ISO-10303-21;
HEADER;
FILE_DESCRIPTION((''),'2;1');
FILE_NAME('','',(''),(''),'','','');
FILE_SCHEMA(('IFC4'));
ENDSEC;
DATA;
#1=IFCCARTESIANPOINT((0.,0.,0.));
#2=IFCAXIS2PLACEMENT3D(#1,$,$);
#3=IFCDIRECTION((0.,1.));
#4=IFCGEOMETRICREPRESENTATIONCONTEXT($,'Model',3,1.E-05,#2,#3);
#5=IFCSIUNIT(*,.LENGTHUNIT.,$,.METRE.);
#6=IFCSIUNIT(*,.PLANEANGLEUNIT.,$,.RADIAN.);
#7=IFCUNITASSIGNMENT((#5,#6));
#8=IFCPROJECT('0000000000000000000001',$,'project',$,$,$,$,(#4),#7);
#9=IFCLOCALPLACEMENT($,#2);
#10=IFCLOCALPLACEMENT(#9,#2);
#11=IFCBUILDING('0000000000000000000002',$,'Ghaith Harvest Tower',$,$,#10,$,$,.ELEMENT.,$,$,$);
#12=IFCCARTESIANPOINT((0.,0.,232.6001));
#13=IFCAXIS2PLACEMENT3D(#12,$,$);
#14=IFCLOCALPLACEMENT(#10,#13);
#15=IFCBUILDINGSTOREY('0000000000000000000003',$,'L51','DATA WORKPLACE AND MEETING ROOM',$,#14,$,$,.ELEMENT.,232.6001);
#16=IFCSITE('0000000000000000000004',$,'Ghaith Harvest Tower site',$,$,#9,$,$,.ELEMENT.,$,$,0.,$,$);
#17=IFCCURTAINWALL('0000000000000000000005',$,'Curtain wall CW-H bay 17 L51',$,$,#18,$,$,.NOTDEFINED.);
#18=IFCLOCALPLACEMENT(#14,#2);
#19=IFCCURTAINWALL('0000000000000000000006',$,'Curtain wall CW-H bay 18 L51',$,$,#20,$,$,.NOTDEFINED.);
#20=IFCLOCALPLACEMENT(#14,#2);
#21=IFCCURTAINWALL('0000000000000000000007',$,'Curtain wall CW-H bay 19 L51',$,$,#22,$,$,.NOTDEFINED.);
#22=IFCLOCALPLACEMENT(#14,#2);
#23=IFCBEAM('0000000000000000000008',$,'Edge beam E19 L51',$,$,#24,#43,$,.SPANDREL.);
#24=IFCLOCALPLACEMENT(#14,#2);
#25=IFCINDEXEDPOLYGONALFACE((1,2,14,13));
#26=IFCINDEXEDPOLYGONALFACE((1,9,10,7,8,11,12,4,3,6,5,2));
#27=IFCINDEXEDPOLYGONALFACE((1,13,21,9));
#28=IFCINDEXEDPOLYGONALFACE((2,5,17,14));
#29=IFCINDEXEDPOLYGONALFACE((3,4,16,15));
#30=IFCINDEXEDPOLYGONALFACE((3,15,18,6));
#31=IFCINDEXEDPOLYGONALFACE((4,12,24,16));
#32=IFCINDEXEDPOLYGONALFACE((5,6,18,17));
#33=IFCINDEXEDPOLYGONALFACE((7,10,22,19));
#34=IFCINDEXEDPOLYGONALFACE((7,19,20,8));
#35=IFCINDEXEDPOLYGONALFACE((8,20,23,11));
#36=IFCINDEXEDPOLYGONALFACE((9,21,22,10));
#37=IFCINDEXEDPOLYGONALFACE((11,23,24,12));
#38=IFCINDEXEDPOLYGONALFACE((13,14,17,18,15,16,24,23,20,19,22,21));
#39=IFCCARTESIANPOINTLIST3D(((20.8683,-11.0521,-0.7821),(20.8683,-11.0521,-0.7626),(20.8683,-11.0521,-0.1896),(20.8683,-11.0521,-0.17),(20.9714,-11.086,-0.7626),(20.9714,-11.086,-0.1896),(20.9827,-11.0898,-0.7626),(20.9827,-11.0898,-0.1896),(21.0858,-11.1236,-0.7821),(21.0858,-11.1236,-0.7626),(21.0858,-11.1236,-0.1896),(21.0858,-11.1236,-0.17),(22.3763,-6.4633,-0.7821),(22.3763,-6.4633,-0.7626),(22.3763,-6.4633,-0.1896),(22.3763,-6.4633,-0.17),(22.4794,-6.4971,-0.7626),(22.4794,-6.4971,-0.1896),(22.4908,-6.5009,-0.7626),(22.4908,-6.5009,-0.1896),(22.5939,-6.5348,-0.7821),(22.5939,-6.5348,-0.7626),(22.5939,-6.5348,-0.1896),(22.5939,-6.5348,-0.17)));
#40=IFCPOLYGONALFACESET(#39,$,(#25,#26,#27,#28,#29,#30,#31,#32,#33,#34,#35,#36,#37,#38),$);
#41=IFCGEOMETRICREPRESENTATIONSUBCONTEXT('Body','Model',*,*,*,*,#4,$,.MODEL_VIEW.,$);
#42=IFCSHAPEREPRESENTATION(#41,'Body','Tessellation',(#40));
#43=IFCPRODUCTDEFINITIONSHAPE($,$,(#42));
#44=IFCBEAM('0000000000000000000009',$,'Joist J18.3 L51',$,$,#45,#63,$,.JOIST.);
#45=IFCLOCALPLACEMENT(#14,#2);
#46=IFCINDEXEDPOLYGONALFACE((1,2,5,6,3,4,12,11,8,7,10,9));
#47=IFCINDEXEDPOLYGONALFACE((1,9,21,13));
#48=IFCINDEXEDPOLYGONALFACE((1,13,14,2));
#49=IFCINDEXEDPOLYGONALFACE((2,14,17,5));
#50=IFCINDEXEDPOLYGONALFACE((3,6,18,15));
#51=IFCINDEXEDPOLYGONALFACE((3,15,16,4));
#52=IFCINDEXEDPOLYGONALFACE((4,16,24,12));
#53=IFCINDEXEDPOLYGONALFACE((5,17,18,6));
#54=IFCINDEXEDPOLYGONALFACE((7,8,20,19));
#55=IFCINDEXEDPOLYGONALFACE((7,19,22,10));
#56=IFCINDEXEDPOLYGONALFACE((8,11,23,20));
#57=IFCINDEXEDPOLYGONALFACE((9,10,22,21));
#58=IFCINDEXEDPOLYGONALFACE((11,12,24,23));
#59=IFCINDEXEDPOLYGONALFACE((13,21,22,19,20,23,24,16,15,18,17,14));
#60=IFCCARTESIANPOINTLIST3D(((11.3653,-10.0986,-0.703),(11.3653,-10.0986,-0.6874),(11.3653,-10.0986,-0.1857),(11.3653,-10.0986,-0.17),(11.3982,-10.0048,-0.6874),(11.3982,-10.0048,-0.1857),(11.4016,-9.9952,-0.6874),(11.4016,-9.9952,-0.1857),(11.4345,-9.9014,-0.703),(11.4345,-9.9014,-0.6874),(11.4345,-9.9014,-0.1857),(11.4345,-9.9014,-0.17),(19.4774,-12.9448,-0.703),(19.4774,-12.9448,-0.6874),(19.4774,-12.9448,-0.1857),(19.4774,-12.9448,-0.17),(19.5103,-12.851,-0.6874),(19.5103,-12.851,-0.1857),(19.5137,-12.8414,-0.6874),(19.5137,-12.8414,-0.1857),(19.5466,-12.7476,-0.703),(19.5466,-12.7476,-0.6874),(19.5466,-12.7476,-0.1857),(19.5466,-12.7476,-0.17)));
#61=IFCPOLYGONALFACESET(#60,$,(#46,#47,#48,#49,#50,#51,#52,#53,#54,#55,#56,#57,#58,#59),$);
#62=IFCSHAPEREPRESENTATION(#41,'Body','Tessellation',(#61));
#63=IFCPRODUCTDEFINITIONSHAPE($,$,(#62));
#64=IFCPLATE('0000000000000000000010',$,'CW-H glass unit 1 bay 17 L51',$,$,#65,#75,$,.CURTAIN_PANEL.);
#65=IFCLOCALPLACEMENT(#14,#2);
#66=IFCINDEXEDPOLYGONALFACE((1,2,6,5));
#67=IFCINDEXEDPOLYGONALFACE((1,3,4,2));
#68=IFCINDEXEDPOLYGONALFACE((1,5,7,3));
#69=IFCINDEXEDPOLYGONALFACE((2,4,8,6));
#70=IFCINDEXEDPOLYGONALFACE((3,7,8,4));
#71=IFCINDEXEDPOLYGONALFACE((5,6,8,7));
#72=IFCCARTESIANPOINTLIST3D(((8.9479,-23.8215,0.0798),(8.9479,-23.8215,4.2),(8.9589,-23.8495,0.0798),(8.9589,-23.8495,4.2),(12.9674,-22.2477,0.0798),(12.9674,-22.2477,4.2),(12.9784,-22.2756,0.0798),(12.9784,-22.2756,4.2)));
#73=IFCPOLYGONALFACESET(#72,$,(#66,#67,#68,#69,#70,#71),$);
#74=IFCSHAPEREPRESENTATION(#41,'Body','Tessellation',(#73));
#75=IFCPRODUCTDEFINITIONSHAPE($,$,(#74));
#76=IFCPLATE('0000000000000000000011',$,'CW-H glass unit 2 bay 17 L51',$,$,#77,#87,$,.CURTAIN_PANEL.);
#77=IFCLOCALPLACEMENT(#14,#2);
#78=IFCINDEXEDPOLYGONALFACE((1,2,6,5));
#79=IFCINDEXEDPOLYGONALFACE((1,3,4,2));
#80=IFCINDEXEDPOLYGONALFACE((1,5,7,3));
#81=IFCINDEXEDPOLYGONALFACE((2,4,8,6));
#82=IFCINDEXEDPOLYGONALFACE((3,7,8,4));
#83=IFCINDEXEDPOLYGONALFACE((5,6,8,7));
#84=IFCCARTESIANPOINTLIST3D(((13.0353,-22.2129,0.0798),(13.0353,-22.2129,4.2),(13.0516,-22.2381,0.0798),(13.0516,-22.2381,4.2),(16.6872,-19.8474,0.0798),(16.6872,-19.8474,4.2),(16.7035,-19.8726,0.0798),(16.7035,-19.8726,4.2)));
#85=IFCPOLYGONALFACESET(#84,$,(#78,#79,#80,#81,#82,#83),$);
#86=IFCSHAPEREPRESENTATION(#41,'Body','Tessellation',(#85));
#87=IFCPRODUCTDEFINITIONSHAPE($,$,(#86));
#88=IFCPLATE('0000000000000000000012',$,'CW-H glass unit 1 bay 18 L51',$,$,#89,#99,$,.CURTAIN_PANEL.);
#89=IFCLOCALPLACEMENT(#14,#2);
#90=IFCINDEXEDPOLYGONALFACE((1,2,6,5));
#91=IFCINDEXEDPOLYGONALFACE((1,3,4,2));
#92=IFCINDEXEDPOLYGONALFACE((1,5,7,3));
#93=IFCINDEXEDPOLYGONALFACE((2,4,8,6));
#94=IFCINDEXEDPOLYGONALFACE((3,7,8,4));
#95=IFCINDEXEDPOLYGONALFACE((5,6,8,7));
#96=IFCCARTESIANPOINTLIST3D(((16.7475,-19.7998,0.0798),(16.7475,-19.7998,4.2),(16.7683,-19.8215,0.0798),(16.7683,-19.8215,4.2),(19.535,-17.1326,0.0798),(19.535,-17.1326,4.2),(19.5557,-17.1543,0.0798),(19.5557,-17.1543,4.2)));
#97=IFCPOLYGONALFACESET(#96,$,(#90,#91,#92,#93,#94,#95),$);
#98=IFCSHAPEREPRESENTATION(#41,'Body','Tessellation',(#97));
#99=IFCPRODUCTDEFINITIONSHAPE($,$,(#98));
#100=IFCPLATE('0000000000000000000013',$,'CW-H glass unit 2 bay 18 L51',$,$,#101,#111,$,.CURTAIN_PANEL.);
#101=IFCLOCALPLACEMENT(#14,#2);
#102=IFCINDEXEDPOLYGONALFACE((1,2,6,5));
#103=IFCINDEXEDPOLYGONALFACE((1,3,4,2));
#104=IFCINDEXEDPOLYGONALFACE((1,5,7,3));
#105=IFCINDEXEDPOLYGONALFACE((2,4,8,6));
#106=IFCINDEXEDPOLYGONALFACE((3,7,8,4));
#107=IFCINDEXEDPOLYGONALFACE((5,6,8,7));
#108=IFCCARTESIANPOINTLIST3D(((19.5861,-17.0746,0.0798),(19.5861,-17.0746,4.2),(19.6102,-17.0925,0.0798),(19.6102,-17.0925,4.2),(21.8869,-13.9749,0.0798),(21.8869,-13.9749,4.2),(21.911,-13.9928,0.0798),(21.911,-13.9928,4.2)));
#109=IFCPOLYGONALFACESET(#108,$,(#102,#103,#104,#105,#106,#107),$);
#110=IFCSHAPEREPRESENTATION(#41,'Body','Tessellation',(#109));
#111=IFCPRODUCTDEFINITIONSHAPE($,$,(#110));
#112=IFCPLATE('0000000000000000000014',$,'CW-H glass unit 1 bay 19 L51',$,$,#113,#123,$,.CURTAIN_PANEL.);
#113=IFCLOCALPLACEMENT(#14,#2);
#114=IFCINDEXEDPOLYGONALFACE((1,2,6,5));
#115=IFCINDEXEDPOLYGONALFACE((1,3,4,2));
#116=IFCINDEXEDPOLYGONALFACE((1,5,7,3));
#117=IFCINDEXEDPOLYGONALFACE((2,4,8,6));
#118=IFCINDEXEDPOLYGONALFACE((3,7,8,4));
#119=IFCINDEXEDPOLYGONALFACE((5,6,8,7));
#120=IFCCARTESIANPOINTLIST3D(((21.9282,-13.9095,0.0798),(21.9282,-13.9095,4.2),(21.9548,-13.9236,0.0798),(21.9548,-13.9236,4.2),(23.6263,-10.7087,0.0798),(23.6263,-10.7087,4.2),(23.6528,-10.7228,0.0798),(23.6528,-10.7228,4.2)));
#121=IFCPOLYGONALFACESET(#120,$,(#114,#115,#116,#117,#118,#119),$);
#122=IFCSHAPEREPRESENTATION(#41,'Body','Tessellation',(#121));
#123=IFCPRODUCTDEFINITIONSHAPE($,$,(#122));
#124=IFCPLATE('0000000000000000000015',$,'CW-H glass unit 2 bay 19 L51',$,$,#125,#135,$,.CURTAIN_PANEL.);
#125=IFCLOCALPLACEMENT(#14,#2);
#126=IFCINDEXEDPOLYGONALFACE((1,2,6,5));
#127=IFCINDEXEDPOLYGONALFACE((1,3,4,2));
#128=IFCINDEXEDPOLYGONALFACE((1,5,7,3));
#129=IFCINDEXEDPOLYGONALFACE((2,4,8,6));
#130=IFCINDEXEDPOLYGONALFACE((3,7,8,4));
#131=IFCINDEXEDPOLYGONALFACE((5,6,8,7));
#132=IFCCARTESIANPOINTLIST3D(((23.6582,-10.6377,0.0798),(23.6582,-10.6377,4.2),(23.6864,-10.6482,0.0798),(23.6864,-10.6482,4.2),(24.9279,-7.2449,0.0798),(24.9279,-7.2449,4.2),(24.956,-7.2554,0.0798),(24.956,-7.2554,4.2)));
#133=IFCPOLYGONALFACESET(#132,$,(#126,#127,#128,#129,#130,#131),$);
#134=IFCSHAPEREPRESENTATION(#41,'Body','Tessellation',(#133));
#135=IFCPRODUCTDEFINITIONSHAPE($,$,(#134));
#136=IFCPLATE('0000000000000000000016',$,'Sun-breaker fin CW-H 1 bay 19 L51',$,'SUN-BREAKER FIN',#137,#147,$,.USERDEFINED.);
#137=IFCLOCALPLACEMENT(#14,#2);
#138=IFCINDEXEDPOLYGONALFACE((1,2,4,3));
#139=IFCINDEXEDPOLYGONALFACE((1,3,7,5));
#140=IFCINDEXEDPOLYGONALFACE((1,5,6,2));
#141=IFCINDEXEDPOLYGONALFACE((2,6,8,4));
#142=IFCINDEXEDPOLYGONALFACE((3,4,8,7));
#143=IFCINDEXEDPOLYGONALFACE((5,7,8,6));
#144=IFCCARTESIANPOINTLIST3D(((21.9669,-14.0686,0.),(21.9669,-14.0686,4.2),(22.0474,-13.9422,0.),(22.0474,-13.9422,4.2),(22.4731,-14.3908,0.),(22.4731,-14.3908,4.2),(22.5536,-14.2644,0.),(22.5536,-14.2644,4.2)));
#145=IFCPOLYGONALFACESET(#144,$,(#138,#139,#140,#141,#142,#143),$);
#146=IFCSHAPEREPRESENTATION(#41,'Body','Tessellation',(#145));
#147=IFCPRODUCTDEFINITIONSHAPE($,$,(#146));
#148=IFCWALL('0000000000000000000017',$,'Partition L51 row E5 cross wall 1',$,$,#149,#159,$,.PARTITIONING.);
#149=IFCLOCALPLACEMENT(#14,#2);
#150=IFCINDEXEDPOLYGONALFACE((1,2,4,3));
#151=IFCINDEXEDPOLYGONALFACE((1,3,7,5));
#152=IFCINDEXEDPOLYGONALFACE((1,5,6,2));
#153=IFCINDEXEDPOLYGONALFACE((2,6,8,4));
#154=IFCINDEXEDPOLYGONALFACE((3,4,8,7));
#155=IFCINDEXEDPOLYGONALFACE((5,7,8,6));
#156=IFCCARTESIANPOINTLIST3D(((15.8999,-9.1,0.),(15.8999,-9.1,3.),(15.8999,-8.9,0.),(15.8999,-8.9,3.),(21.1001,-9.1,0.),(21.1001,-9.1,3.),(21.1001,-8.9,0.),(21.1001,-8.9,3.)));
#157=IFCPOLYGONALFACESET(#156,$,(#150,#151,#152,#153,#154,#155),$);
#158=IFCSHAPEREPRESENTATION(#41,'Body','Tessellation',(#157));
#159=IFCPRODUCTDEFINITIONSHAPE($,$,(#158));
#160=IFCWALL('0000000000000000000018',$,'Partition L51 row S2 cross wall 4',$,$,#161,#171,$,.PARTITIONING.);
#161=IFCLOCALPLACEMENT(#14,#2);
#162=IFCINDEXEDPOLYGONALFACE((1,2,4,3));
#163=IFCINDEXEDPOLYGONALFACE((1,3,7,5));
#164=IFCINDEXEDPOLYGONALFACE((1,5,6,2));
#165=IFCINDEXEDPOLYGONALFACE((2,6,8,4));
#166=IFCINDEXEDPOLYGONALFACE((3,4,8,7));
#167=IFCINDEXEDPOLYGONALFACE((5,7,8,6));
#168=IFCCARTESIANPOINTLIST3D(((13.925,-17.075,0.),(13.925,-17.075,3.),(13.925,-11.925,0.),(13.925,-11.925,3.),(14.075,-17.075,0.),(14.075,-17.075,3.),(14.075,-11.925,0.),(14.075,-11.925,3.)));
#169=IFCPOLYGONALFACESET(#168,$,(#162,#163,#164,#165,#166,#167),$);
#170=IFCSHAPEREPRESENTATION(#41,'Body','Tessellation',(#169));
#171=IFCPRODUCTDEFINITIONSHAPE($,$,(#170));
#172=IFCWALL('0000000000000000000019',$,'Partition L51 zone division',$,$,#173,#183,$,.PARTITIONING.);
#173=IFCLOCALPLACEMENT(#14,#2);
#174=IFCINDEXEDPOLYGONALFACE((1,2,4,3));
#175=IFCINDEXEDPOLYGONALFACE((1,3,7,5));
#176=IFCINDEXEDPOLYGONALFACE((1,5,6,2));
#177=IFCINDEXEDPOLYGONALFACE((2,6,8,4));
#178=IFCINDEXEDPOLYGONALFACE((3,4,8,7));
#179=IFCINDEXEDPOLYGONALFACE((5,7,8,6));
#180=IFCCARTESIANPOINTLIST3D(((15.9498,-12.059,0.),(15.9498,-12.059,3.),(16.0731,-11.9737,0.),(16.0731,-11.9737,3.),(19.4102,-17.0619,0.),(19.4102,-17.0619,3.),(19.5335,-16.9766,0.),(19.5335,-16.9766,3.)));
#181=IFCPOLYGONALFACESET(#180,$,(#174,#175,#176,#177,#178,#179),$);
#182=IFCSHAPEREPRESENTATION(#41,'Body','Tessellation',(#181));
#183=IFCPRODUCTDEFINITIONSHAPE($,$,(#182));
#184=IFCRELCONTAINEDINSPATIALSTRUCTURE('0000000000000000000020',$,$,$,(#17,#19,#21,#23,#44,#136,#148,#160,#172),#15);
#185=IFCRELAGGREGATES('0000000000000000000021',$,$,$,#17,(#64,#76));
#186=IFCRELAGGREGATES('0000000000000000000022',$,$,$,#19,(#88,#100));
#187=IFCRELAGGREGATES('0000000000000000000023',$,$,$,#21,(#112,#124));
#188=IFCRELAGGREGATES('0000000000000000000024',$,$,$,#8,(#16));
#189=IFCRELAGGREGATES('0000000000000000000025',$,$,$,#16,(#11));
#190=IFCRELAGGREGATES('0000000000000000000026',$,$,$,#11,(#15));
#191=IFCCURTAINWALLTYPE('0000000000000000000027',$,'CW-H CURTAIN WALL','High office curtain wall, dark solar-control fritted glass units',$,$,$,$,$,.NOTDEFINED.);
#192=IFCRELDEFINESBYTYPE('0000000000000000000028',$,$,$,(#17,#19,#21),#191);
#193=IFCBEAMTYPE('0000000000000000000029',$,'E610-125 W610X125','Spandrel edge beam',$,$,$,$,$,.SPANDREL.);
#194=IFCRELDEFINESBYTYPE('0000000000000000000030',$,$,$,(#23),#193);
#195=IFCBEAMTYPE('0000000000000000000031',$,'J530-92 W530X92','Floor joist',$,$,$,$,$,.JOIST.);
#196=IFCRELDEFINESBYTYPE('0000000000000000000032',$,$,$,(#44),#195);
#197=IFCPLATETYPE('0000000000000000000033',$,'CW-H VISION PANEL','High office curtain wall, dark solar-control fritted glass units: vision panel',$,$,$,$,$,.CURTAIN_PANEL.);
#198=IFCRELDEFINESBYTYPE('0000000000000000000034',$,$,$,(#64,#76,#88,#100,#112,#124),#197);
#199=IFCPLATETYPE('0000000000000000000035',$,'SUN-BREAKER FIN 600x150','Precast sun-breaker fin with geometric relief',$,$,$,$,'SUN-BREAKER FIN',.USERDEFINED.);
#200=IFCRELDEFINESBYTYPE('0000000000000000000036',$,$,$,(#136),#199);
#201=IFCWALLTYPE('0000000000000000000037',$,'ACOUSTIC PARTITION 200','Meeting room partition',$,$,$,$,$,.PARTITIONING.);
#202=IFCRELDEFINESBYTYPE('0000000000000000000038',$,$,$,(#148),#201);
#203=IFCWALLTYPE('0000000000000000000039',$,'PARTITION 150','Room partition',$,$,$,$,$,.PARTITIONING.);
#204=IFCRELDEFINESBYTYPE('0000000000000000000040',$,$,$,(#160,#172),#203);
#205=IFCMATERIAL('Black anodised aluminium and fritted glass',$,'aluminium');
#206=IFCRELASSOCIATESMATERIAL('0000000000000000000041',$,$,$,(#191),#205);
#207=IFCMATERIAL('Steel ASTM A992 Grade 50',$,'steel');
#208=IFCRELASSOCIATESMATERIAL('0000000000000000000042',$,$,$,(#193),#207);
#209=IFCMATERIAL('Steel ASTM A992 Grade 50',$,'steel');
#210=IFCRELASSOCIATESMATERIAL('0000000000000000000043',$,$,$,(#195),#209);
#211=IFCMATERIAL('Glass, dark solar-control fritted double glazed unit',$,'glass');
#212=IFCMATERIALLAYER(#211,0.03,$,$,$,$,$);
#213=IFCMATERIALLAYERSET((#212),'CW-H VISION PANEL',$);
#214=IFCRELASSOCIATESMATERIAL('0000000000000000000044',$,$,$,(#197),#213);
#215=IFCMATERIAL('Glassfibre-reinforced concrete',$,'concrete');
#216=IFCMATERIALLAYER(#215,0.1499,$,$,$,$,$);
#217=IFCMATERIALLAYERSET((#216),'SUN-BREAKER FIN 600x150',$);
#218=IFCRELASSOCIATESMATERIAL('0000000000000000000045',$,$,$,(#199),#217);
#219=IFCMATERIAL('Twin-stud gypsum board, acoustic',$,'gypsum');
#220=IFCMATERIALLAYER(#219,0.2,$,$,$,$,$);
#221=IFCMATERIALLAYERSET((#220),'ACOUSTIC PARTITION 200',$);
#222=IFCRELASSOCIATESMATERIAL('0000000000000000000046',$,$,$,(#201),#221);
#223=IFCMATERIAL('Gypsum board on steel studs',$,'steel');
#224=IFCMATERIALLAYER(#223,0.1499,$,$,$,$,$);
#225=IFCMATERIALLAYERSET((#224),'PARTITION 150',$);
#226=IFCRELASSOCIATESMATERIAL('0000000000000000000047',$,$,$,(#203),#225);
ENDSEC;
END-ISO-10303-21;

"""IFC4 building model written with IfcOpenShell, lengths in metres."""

from ifc_helpers import new_model, si_unit, direction, frame, frame_2d, origin, origin_2d, place, context, subcontext, project, spatial, rectangle, i_section, extrude, material, layer, layer_set, material_profile, profile_set, type_object, element, aggregate, save


model = new_model("IFC4")

# Units and contexts
model_context = context("Model", 3, precision=1e-05, world=origin(), true_north=direction((0.0, 1.0)))
body_context = subcontext(model_context, "Body", "Model", "MODEL_VIEW")
ifc_project = project(units=[si_unit("LENGTHUNIT", "METRE"), si_unit("PLANEANGLEUNIT", "RADIAN")], contexts=[model_context])

# Site, building, storey
site_placement = place(None, origin())
site = spatial("IfcSite", under=ifc_project, at=site_placement, Name="Ghaith Harvest Tower site", CompositionType="ELEMENT", RefElevation=0.0)
building_placement = place(site_placement, origin())
building = spatial("IfcBuilding", under=site, at=building_placement, Name="Ghaith Harvest Tower", CompositionType="ELEMENT")
storey_placement = place(building_placement, frame((0.0, 0.0, 232.6001)))
storey = spatial("IfcBuildingStorey", under=building, at=storey_placement, Name="L51", Description="DATA WORKPLACE AND MEETING ROOM", CompositionType="ELEMENT", Elevation=232.6001)

# Curtain wall
ifc_material_1 = material(Name="Black anodised aluminium and fritted glass", Category="aluminium")
curtain_wall_type = type_object("IfcCurtainWallType", Name="CW-H CURTAIN WALL", Description="High office curtain wall, dark solar-control fritted glass units", PredefinedType="NOTDEFINED", material=ifc_material_1)
curtain_wall_1_placement = place(storey_placement, origin())
curtain_wall_1 = element("IfcCurtainWall", 1, at=curtain_wall_1_placement, inside=storey, type_object=curtain_wall_type, Name="Curtain wall CW-H bay 17 L51", PredefinedType="NOTDEFINED")

# Curtain walls
curtain_wall_2_placement = place(storey_placement, origin())
curtain_wall_2 = element("IfcCurtainWall", 2, at=curtain_wall_2_placement, inside=storey, type_object=curtain_wall_type, Name="Curtain wall CW-H bay 18 L51", PredefinedType="NOTDEFINED")
curtain_wall_3_placement = place(storey_placement, origin())
curtain_wall_3 = element("IfcCurtainWall", 3, at=curtain_wall_3_placement, inside=storey, type_object=curtain_wall_type, Name="Curtain wall CW-H bay 19 L51", PredefinedType="NOTDEFINED")

# Beams
ifc_material_2 = material(Name="Steel ASTM A992 Grade 50", Category="steel")
ifc_material_profile_1 = material_profile(ifc_material_2, i_section(OverallWidth=0.229, OverallDepth=0.6121, WebThickness=0.012, FlangeThickness=0.0195, at=origin_2d()), Name="W610X125")
ifc_profile_set_1 = profile_set([ifc_material_profile_1], Name="Steel ASTM A992 Grade 50")
beam_type_1 = type_object("IfcBeamType", Name="E610-125 W610X125", Description="Spandrel edge beam", PredefinedType="SPANDREL", material=ifc_profile_set_1)
beam_1_placement = place(storey_placement, frame((20.9771, -11.0879, -0.4761), z_axis=(0.312207, 0.950014, 0.0), x_axis=(-0.950014, 0.312207, 0.0)))
element("IfcBeam", 4, at=beam_1_placement, inside=storey, type_object=beam_type_1, Name="Edge beam E19 L51", PredefinedType="SPANDREL", context=body_context, shape_type="SweptSolid", body=[
    extrude(i_section(OverallWidth=0.229, OverallDepth=0.6121, WebThickness=0.012, FlangeThickness=0.0195, at=origin_2d()), origin(), (0.0, 0.0, 1.0), 4.8303),
])
ifc_material_3 = material(Name="Steel ASTM A992 Grade 50", Category="steel")
ifc_material_profile_2 = material_profile(ifc_material_3, i_section(OverallWidth=0.209, OverallDepth=0.533, WebThickness=0.0103, FlangeThickness=0.0156, at=origin_2d()), Name="W530X92")
ifc_profile_set_2 = profile_set([ifc_material_profile_2], Name="Steel ASTM A992 Grade 50")
beam_type_2 = type_object("IfcBeamType", Name="J530-92 W530X92", Description="Floor joist", PredefinedType="JOIST", material=ifc_profile_set_2)
beam_2_placement = place(storey_placement, frame((11.3999, -10.0, -0.4365), z_axis=(0.943605, -0.331073, 0.0), x_axis=(0.331073, 0.943605, 0.0)))
element("IfcBeam", 5, at=beam_2_placement, inside=storey, type_object=beam_type_2, Name="Joist J18.3 L51", PredefinedType="JOIST", context=body_context, shape_type="SweptSolid", body=[
    extrude(i_section(OverallWidth=0.209, OverallDepth=0.533, WebThickness=0.0103, FlangeThickness=0.0156, at=origin_2d()), origin(), (0.0, 0.0, 1.0), 8.5969),
])

# Plates
ifc_material_4 = material(Name="Glass, dark solar-control fritted double glazed unit", Category="glass")
ifc_layer_1 = layer(ifc_material_4, 0.03)
ifc_layer_set_1 = layer_set([ifc_layer_1], Name="CW-H VISION PANEL")
plate_type_1 = type_object("IfcPlateType", Name="CW-H VISION PANEL", Description="High office curtain wall, dark solar-control fritted glass units: vision panel", PredefinedType="CURTAIN_PANEL", material=ifc_layer_set_1)
plate_1_placement = place(storey_placement, frame((10.9631, -23.0486, 0.0798), z_axis=(0.0, 0.0, 1.0), x_axis=(0.931161, 0.364608, 0.0)))
plate_1 = element("IfcPlate", 6, at=plate_1_placement, type_object=plate_type_1, Name="CW-H glass unit 1 bay 17 L51", PredefinedType="CURTAIN_PANEL", context=body_context, shape_type="SweptSolid", body=[
    extrude(rectangle(XDim=4.3167, YDim=0.03, at=origin_2d()), origin(), (0.0, 0.0, 1.0), 4.1201),
])
plate_2_placement = place(storey_placement, frame((14.8694, -21.0427, 0.0798), z_axis=(0.0, 0.0, 1.0), x_axis=(0.839305, 0.54366, 0.0)))
plate_2 = element("IfcPlate", 7, at=plate_2_placement, type_object=plate_type_1, Name="CW-H glass unit 2 bay 17 L51", PredefinedType="CURTAIN_PANEL", context=body_context, shape_type="SweptSolid", body=[
    extrude(rectangle(XDim=4.3511, YDim=0.03, at=origin_2d()), origin(), (0.0, 0.0, 1.0), 4.1201),
])
aggregate(curtain_wall_1, [plate_1, plate_2])
plate_3_placement = place(storey_placement, frame((18.1516, -18.4771, 0.0798), z_axis=(0.0, 0.0, 1.0), x_axis=(0.722533, 0.691337, 0.0)))
plate_3 = element("IfcPlate", 8, at=plate_3_placement, type_object=plate_type_1, Name="CW-H glass unit 1 bay 18 L51", PredefinedType="CURTAIN_PANEL", context=body_context, shape_type="SweptSolid", body=[
    extrude(rectangle(XDim=3.8579, YDim=0.03, at=origin_2d()), origin(), (0.0, 0.0, 1.0), 4.1201),
])
plate_4_placement = place(storey_placement, frame((20.7485, -15.5337, 0.0798), z_axis=(0.0, 0.0, 1.0), x_axis=(0.596019, 0.802971, 0.0)))
plate_4 = element("IfcPlate", 9, at=plate_4_placement, type_object=plate_type_1, Name="CW-H glass unit 2 bay 18 L51", PredefinedType="CURTAIN_PANEL", context=body_context, shape_type="SweptSolid", body=[
    extrude(rectangle(XDim=3.8604, YDim=0.03, at=origin_2d()), origin(), (0.0, 0.0, 1.0), 4.1201),
])
aggregate(curtain_wall_2, [plate_3, plate_4])
plate_5_placement = place(storey_placement, frame((22.7905, -12.3162, 0.0798), z_axis=(0.0, 0.0, 1.0), x_axis=(0.468644, 0.883387, 0.0)))
plate_5 = element("IfcPlate", 10, at=plate_5_placement, type_object=plate_type_1, Name="CW-H glass unit 1 bay 19 L51", PredefinedType="CURTAIN_PANEL", context=body_context, shape_type="SweptSolid", body=[
    extrude(rectangle(XDim=3.6233, YDim=0.03, at=origin_2d()), origin(), (0.0, 0.0, 1.0), 4.1201),
])
plate_6_placement = place(storey_placement, frame((24.3071, -8.9465, 0.0798), z_axis=(0.0, 0.0, 1.0), x_axis=(0.350481, 0.93657, 0.0)))
plate_6 = element("IfcPlate", 11, at=plate_6_placement, type_object=plate_type_1, Name="CW-H glass unit 2 bay 19 L51", PredefinedType="CURTAIN_PANEL", context=body_context, shape_type="SweptSolid", body=[
    extrude(rectangle(XDim=3.6226, YDim=0.03, at=origin_2d()), origin(), (0.0, 0.0, 1.0), 4.1201),
])
aggregate(curtain_wall_3, [plate_5, plate_6])
ifc_material_5 = material(Name="Glassfibre-reinforced concrete", Category="concrete")
ifc_layer_2 = layer(ifc_material_5, 0.1499)
ifc_layer_set_2 = layer_set([ifc_layer_2], Name="SUN-BREAKER FIN 600x150")
plate_type_2 = type_object("IfcPlateType", Name="SUN-BREAKER FIN 600x150", Description="Precast sun-breaker fin with geometric relief", ElementType="SUN-BREAKER FIN", PredefinedType="USERDEFINED", material=ifc_layer_set_2)
plate_7_placement = place(storey_placement, frame((22.2603, -14.1665, 0.0), z_axis=(0.0, 0.0, 1.0), x_axis=(0.843644, -0.536903, 0.0)))
element("IfcPlate", 12, at=plate_7_placement, inside=storey, type_object=plate_type_2, Name="Sun-breaker fin CW-H 1 bay 19 L51", ObjectType="SUN-BREAKER FIN", PredefinedType="USERDEFINED", context=body_context, shape_type="SweptSolid", body=[
    extrude(rectangle(XDim=0.6001, YDim=0.1499, at=origin_2d()), origin(), (0.0, 0.0, 1.0), 4.2),
])

# Walls
ifc_material_6 = material(Name="Twin-stud gypsum board, acoustic", Category="gypsum")
ifc_layer_3 = layer(ifc_material_6, 0.2)
ifc_layer_set_3 = layer_set([ifc_layer_3], Name="ACOUSTIC PARTITION 200")
wall_type_1 = type_object("IfcWallType", Name="ACOUSTIC PARTITION 200", Description="Meeting room partition", PredefinedType="PARTITIONING", material=ifc_layer_set_3)
wall_1_placement = place(storey_placement, frame((15.8999, -9.0, 0.0), z_axis=(0.0, 0.0, 1.0), x_axis=(1.0, 0.0, 0.0)))
element("IfcWall", 13, at=wall_1_placement, inside=storey, type_object=wall_type_1, Name="Partition L51 row E5 cross wall 1", PredefinedType="PARTITIONING", context=body_context, shape_type="SweptSolid", body=[
    extrude(rectangle(XDim=5.2002, YDim=0.2, at=frame_2d((2.6001, 0.0))), origin(), (0.0, 0.0, 1.0), 3.0),
])
ifc_material_7 = material(Name="Gypsum board on steel studs", Category="steel")
ifc_layer_4 = layer(ifc_material_7, 0.1499)
ifc_layer_set_4 = layer_set([ifc_layer_4], Name="PARTITION 150")
wall_type_2 = type_object("IfcWallType", Name="PARTITION 150", Description="Room partition", PredefinedType="PARTITIONING", material=ifc_layer_set_4)
wall_2_placement = place(storey_placement, frame((14.0, -11.925, 0.0), z_axis=(0.0, 0.0, 1.0), x_axis=(0.0, -1.0, 0.0)))
element("IfcWall", 14, at=wall_2_placement, inside=storey, type_object=wall_type_2, Name="Partition L51 row S2 cross wall 4", PredefinedType="PARTITIONING", context=body_context, shape_type="SweptSolid", body=[
    extrude(rectangle(XDim=5.1499, YDim=0.1499, at=frame_2d((2.575, 0.0))), origin(), (0.0, 0.0, 1.0), 3.0),
])
wall_3_placement = place(storey_placement, frame((16.0115, -12.0164, 0.0), z_axis=(0.0, 0.0, 1.0), x_axis=(0.568863, -0.822432, 0.0)))
element("IfcWall", 15, at=wall_3_placement, inside=storey, type_object=wall_type_2, Name="Partition L51 zone division", PredefinedType="PARTITIONING", context=body_context, shape_type="SweptSolid", body=[
    extrude(rectangle(XDim=6.083, YDim=0.1499, at=frame_2d((3.0415, 0.0))), origin(), (0.0, 0.0, 1.0), 3.0),
])

save(model, "model.ifc")
